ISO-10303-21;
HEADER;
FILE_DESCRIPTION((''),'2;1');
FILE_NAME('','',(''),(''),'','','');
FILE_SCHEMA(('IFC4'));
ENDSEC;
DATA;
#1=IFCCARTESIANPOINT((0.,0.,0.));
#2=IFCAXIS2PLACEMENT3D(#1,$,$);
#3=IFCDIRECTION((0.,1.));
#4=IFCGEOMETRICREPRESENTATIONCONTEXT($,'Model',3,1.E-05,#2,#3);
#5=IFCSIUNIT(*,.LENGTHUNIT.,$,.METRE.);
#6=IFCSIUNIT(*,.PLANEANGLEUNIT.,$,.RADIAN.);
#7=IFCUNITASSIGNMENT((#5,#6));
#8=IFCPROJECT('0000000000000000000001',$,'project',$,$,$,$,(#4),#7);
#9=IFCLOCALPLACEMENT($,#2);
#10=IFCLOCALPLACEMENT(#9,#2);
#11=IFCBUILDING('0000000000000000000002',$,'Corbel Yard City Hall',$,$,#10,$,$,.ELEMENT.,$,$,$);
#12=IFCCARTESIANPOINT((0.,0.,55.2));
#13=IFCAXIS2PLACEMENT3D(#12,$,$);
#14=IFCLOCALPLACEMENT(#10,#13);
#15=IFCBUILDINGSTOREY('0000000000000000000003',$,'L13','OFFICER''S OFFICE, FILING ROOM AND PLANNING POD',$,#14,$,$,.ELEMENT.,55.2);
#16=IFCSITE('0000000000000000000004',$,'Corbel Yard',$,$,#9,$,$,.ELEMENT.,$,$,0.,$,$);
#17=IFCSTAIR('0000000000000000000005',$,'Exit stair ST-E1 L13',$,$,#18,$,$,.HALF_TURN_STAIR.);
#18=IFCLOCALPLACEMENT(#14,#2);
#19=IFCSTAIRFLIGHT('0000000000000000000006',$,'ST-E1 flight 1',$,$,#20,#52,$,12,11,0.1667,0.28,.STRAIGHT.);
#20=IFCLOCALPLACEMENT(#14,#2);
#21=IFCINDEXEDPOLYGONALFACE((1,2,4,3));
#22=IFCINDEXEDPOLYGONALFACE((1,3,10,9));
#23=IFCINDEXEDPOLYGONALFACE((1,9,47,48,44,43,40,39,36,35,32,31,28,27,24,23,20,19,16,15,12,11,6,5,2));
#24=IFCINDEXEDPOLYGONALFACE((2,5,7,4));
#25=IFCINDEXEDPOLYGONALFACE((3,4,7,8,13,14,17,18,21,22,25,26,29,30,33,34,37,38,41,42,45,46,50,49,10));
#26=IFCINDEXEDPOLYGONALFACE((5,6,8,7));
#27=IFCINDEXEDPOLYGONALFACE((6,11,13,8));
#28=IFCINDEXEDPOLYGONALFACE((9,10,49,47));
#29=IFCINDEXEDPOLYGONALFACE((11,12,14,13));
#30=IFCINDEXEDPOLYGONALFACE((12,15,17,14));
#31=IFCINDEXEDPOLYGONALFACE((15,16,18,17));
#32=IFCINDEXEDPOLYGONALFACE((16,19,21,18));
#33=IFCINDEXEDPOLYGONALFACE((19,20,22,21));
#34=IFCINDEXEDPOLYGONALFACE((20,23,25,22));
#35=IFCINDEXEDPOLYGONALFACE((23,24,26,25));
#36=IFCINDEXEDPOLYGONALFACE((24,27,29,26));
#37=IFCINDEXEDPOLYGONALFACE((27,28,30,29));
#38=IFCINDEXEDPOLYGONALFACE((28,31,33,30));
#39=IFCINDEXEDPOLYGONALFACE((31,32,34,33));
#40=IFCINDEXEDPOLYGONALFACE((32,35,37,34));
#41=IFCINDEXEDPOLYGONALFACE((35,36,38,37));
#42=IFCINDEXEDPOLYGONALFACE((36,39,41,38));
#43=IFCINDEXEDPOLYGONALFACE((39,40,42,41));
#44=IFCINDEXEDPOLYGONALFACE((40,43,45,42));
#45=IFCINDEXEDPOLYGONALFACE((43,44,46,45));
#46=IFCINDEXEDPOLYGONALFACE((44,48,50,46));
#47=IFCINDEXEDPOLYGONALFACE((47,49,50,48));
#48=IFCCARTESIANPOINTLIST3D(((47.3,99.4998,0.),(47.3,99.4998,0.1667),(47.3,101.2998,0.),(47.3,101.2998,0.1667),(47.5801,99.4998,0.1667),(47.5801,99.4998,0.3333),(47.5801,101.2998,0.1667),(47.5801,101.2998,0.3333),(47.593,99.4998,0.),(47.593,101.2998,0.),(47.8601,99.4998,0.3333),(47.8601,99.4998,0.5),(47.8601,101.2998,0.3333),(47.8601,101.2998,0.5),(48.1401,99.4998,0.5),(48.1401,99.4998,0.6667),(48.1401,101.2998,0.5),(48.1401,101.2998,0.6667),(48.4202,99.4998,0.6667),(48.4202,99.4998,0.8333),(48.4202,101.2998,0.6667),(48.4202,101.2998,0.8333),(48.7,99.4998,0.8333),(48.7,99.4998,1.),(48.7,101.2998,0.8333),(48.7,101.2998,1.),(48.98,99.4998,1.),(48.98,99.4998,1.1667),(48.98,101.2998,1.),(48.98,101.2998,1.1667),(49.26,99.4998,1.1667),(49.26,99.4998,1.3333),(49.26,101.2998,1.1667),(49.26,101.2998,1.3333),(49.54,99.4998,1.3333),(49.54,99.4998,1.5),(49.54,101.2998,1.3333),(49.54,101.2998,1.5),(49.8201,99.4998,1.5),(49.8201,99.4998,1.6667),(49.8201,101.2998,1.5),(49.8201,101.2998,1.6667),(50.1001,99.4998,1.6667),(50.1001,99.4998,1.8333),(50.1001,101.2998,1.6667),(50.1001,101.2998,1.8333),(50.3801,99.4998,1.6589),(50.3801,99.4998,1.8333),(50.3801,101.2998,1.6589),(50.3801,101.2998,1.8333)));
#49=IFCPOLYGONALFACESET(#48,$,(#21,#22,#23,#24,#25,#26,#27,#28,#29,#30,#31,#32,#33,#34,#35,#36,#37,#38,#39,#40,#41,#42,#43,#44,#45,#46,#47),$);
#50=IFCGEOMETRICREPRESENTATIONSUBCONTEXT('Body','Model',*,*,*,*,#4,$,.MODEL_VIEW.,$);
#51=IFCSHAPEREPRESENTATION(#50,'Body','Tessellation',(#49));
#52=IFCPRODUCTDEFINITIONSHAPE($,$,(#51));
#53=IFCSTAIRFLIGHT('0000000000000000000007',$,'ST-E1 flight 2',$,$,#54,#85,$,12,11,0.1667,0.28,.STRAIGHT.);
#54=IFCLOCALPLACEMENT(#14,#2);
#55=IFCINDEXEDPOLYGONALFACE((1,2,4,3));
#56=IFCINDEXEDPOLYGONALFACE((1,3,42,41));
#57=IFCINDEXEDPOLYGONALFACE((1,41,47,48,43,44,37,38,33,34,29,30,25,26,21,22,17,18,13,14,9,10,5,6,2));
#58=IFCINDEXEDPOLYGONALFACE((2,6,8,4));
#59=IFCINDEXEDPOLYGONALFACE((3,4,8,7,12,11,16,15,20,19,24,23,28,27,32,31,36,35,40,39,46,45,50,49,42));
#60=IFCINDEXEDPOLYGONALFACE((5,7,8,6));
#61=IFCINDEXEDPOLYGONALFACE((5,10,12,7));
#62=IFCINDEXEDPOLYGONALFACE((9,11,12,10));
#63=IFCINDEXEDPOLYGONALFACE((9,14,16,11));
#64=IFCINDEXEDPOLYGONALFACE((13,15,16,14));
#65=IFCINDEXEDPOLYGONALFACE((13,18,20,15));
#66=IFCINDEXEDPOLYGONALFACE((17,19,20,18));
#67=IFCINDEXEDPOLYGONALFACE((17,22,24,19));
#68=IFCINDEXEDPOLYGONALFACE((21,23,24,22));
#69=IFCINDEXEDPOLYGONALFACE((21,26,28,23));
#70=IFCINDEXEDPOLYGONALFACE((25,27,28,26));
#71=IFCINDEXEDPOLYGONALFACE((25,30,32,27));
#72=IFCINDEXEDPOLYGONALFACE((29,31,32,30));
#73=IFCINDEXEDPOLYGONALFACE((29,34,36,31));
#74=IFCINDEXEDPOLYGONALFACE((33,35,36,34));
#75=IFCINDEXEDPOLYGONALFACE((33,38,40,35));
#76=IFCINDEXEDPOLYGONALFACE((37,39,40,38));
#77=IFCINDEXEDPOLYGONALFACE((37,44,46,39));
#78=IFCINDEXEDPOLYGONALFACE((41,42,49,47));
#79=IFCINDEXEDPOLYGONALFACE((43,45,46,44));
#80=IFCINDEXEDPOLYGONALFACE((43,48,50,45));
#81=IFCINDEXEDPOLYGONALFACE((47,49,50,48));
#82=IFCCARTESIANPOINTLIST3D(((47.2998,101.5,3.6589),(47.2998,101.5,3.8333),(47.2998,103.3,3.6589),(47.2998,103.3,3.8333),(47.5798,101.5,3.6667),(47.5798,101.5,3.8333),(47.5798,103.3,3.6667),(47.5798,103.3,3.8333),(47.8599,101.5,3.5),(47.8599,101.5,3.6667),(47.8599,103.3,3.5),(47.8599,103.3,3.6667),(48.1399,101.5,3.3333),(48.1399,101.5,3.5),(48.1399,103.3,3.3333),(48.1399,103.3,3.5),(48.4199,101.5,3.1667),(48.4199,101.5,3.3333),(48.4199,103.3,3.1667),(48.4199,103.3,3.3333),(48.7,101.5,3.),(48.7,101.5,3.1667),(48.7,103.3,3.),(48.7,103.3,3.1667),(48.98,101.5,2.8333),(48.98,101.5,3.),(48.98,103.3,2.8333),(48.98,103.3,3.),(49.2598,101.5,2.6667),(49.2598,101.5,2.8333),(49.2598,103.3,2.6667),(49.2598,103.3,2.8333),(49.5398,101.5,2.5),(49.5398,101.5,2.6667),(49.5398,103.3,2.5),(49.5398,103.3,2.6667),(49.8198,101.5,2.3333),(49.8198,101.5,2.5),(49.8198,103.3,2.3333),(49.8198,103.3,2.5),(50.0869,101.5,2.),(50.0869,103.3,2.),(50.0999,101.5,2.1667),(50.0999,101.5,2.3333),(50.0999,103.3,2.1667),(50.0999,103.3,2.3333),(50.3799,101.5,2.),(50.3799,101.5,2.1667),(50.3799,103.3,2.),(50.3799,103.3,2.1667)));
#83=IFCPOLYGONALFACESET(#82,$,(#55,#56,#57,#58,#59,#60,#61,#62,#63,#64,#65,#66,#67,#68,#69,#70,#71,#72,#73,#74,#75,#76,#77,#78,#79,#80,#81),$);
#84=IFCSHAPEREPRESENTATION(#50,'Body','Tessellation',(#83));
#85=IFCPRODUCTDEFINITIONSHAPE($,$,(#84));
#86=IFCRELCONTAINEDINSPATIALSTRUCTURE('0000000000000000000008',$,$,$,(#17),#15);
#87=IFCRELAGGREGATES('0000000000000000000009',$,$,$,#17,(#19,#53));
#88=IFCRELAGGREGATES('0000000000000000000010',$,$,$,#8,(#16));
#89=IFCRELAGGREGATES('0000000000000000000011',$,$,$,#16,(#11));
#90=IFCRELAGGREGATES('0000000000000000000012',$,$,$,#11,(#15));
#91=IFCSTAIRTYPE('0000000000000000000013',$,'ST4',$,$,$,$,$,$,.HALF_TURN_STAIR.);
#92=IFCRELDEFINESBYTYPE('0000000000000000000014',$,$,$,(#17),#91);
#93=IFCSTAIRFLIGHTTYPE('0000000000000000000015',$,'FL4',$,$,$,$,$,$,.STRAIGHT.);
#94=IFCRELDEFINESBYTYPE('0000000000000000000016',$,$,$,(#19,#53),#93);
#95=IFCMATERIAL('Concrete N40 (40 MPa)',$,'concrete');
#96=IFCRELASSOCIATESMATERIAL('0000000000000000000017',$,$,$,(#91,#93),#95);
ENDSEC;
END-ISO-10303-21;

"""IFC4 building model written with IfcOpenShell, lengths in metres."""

from ifc_helpers import new_model, si_unit, direction, frame, origin, place, context, subcontext, project, spatial, polyline, outline, extrude, material, type_object, element, aggregate, save


model = new_model("IFC4")

# Units and contexts
model_context = context("Model", 3, precision=1e-05, world=origin(), true_north=direction((0.0, 1.0)))
body_context = subcontext(model_context, "Body", "Model", "MODEL_VIEW")
ifc_project = project(units=[si_unit("LENGTHUNIT", "METRE"), si_unit("PLANEANGLEUNIT", "RADIAN")], contexts=[model_context])

# Site, building, storey
site_placement = place(None, origin())
site = spatial("IfcSite", under=ifc_project, at=site_placement, Name="Corbel Yard", CompositionType="ELEMENT", RefElevation=0.0)
building_placement = place(site_placement, origin())
building = spatial("IfcBuilding", under=site, at=building_placement, Name="Corbel Yard City Hall", CompositionType="ELEMENT")
storey_placement = place(building_placement, frame((0.0, 0.0, 55.2)))
storey = spatial("IfcBuildingStorey", under=building, at=storey_placement, Name="L13", Description="OFFICER'S OFFICE, FILING ROOM AND PLANNING POD", CompositionType="ELEMENT", Elevation=55.2)

# Shared definitions
ifc_material_1 = material(Name="Concrete N40 (40 MPa)", Category="concrete")

# Stair, stair flights
stair_type = type_object("IfcStairType", Name="ST4", PredefinedType="HALF_TURN_STAIR", material=ifc_material_1)
stair_placement = place(storey_placement, origin())
stair = element("IfcStair", 1, at=stair_placement, inside=storey, type_object=stair_type, Name="Exit stair ST-E1 L13", PredefinedType="HALF_TURN_STAIR")
stair_flight_type = type_object("IfcStairFlightType", Name="FL4", PredefinedType="STRAIGHT", material=ifc_material_1)
stair_flight_1_placement = place(storey_placement, frame((47.3, 100.3999, 0.0), z_axis=(0.0, 0.0, 1.0), x_axis=(1.0, 0.0, 0.0)))
stair_flight_1 = element("IfcStairFlight", 2, at=stair_flight_1_placement, type_object=stair_flight_type, Name="ST-E1 flight 1", NumberOfRisers=12, NumberOfTreads=11, PredefinedType="STRAIGHT", RiserHeight=0.1667, TreadLength=0.28, context=body_context, shape_type="SweptSolid", body=[
    extrude(outline(polyline([(0.0, 0.0), (0.0, 0.1667), (0.28, 0.1667), (0.28, 0.3333), (0.5601, 0.3333), (0.5601, 0.5), (0.8401, 0.5), (0.8401, 0.6667), (1.1201, 0.6667), (1.1201, 0.8333), (1.3999, 0.8333), (1.3999, 1.0), (1.6799, 1.0), (1.6799, 1.1667), (1.96, 1.1667), (1.96, 1.3333), (2.24, 1.3333), (2.24, 1.5), (2.52, 1.5), (2.52, 1.6667), (2.8, 1.6667), (2.8, 1.8333), (3.0801, 1.8333), (3.0801, 2.0), (3.0801, 1.6589), (0.293, 0.0), (0.0, 0.0)])), frame((0.0, 0.8999, 0.0), z_axis=(0.0, -1.0, 0.0), x_axis=(1.0, 0.0, 0.0)), (0.0, 0.0, 1.0), 1.8),
])
stair_flight_2_placement = place(storey_placement, frame((50.3799, 102.3999, 2.0), z_axis=(0.0, 0.0, 1.0), x_axis=(-1.0, 0.0, 0.0)))
stair_flight_2 = element("IfcStairFlight", 3, at=stair_flight_2_placement, type_object=stair_flight_type, Name="ST-E1 flight 2", NumberOfRisers=12, NumberOfTreads=11, PredefinedType="STRAIGHT", RiserHeight=0.1667, TreadLength=0.28, context=body_context, shape_type="SweptSolid", body=[
    extrude(outline(polyline([(0.0, 0.0), (0.0, 0.1667), (0.28, 0.1667), (0.28, 0.3333), (0.5601, 0.3333), (0.5601, 0.5), (0.8401, 0.5), (0.8401, 0.6667), (1.1201, 0.6667), (1.1201, 0.8333), (1.3999, 0.8333), (1.3999, 1.0), (1.6799, 1.0), (1.6799, 1.1667), (1.96, 1.1667), (1.96, 1.3333), (2.24, 1.3333), (2.24, 1.5), (2.52, 1.5), (2.52, 1.6667), (2.8, 1.6667), (2.8, 1.8333), (3.0801, 1.8333), (3.0801, 2.0), (3.0801, 1.6589), (0.293, 0.0), (0.0, 0.0)])), frame((0.0, 0.8999, 0.0), z_axis=(0.0, -1.0, 0.0), x_axis=(1.0, 0.0, 0.0)), (0.0, 0.0, 1.0), 1.8),
])
aggregate(stair, [stair_flight_1, stair_flight_2])

save(model, "model.ifc")
